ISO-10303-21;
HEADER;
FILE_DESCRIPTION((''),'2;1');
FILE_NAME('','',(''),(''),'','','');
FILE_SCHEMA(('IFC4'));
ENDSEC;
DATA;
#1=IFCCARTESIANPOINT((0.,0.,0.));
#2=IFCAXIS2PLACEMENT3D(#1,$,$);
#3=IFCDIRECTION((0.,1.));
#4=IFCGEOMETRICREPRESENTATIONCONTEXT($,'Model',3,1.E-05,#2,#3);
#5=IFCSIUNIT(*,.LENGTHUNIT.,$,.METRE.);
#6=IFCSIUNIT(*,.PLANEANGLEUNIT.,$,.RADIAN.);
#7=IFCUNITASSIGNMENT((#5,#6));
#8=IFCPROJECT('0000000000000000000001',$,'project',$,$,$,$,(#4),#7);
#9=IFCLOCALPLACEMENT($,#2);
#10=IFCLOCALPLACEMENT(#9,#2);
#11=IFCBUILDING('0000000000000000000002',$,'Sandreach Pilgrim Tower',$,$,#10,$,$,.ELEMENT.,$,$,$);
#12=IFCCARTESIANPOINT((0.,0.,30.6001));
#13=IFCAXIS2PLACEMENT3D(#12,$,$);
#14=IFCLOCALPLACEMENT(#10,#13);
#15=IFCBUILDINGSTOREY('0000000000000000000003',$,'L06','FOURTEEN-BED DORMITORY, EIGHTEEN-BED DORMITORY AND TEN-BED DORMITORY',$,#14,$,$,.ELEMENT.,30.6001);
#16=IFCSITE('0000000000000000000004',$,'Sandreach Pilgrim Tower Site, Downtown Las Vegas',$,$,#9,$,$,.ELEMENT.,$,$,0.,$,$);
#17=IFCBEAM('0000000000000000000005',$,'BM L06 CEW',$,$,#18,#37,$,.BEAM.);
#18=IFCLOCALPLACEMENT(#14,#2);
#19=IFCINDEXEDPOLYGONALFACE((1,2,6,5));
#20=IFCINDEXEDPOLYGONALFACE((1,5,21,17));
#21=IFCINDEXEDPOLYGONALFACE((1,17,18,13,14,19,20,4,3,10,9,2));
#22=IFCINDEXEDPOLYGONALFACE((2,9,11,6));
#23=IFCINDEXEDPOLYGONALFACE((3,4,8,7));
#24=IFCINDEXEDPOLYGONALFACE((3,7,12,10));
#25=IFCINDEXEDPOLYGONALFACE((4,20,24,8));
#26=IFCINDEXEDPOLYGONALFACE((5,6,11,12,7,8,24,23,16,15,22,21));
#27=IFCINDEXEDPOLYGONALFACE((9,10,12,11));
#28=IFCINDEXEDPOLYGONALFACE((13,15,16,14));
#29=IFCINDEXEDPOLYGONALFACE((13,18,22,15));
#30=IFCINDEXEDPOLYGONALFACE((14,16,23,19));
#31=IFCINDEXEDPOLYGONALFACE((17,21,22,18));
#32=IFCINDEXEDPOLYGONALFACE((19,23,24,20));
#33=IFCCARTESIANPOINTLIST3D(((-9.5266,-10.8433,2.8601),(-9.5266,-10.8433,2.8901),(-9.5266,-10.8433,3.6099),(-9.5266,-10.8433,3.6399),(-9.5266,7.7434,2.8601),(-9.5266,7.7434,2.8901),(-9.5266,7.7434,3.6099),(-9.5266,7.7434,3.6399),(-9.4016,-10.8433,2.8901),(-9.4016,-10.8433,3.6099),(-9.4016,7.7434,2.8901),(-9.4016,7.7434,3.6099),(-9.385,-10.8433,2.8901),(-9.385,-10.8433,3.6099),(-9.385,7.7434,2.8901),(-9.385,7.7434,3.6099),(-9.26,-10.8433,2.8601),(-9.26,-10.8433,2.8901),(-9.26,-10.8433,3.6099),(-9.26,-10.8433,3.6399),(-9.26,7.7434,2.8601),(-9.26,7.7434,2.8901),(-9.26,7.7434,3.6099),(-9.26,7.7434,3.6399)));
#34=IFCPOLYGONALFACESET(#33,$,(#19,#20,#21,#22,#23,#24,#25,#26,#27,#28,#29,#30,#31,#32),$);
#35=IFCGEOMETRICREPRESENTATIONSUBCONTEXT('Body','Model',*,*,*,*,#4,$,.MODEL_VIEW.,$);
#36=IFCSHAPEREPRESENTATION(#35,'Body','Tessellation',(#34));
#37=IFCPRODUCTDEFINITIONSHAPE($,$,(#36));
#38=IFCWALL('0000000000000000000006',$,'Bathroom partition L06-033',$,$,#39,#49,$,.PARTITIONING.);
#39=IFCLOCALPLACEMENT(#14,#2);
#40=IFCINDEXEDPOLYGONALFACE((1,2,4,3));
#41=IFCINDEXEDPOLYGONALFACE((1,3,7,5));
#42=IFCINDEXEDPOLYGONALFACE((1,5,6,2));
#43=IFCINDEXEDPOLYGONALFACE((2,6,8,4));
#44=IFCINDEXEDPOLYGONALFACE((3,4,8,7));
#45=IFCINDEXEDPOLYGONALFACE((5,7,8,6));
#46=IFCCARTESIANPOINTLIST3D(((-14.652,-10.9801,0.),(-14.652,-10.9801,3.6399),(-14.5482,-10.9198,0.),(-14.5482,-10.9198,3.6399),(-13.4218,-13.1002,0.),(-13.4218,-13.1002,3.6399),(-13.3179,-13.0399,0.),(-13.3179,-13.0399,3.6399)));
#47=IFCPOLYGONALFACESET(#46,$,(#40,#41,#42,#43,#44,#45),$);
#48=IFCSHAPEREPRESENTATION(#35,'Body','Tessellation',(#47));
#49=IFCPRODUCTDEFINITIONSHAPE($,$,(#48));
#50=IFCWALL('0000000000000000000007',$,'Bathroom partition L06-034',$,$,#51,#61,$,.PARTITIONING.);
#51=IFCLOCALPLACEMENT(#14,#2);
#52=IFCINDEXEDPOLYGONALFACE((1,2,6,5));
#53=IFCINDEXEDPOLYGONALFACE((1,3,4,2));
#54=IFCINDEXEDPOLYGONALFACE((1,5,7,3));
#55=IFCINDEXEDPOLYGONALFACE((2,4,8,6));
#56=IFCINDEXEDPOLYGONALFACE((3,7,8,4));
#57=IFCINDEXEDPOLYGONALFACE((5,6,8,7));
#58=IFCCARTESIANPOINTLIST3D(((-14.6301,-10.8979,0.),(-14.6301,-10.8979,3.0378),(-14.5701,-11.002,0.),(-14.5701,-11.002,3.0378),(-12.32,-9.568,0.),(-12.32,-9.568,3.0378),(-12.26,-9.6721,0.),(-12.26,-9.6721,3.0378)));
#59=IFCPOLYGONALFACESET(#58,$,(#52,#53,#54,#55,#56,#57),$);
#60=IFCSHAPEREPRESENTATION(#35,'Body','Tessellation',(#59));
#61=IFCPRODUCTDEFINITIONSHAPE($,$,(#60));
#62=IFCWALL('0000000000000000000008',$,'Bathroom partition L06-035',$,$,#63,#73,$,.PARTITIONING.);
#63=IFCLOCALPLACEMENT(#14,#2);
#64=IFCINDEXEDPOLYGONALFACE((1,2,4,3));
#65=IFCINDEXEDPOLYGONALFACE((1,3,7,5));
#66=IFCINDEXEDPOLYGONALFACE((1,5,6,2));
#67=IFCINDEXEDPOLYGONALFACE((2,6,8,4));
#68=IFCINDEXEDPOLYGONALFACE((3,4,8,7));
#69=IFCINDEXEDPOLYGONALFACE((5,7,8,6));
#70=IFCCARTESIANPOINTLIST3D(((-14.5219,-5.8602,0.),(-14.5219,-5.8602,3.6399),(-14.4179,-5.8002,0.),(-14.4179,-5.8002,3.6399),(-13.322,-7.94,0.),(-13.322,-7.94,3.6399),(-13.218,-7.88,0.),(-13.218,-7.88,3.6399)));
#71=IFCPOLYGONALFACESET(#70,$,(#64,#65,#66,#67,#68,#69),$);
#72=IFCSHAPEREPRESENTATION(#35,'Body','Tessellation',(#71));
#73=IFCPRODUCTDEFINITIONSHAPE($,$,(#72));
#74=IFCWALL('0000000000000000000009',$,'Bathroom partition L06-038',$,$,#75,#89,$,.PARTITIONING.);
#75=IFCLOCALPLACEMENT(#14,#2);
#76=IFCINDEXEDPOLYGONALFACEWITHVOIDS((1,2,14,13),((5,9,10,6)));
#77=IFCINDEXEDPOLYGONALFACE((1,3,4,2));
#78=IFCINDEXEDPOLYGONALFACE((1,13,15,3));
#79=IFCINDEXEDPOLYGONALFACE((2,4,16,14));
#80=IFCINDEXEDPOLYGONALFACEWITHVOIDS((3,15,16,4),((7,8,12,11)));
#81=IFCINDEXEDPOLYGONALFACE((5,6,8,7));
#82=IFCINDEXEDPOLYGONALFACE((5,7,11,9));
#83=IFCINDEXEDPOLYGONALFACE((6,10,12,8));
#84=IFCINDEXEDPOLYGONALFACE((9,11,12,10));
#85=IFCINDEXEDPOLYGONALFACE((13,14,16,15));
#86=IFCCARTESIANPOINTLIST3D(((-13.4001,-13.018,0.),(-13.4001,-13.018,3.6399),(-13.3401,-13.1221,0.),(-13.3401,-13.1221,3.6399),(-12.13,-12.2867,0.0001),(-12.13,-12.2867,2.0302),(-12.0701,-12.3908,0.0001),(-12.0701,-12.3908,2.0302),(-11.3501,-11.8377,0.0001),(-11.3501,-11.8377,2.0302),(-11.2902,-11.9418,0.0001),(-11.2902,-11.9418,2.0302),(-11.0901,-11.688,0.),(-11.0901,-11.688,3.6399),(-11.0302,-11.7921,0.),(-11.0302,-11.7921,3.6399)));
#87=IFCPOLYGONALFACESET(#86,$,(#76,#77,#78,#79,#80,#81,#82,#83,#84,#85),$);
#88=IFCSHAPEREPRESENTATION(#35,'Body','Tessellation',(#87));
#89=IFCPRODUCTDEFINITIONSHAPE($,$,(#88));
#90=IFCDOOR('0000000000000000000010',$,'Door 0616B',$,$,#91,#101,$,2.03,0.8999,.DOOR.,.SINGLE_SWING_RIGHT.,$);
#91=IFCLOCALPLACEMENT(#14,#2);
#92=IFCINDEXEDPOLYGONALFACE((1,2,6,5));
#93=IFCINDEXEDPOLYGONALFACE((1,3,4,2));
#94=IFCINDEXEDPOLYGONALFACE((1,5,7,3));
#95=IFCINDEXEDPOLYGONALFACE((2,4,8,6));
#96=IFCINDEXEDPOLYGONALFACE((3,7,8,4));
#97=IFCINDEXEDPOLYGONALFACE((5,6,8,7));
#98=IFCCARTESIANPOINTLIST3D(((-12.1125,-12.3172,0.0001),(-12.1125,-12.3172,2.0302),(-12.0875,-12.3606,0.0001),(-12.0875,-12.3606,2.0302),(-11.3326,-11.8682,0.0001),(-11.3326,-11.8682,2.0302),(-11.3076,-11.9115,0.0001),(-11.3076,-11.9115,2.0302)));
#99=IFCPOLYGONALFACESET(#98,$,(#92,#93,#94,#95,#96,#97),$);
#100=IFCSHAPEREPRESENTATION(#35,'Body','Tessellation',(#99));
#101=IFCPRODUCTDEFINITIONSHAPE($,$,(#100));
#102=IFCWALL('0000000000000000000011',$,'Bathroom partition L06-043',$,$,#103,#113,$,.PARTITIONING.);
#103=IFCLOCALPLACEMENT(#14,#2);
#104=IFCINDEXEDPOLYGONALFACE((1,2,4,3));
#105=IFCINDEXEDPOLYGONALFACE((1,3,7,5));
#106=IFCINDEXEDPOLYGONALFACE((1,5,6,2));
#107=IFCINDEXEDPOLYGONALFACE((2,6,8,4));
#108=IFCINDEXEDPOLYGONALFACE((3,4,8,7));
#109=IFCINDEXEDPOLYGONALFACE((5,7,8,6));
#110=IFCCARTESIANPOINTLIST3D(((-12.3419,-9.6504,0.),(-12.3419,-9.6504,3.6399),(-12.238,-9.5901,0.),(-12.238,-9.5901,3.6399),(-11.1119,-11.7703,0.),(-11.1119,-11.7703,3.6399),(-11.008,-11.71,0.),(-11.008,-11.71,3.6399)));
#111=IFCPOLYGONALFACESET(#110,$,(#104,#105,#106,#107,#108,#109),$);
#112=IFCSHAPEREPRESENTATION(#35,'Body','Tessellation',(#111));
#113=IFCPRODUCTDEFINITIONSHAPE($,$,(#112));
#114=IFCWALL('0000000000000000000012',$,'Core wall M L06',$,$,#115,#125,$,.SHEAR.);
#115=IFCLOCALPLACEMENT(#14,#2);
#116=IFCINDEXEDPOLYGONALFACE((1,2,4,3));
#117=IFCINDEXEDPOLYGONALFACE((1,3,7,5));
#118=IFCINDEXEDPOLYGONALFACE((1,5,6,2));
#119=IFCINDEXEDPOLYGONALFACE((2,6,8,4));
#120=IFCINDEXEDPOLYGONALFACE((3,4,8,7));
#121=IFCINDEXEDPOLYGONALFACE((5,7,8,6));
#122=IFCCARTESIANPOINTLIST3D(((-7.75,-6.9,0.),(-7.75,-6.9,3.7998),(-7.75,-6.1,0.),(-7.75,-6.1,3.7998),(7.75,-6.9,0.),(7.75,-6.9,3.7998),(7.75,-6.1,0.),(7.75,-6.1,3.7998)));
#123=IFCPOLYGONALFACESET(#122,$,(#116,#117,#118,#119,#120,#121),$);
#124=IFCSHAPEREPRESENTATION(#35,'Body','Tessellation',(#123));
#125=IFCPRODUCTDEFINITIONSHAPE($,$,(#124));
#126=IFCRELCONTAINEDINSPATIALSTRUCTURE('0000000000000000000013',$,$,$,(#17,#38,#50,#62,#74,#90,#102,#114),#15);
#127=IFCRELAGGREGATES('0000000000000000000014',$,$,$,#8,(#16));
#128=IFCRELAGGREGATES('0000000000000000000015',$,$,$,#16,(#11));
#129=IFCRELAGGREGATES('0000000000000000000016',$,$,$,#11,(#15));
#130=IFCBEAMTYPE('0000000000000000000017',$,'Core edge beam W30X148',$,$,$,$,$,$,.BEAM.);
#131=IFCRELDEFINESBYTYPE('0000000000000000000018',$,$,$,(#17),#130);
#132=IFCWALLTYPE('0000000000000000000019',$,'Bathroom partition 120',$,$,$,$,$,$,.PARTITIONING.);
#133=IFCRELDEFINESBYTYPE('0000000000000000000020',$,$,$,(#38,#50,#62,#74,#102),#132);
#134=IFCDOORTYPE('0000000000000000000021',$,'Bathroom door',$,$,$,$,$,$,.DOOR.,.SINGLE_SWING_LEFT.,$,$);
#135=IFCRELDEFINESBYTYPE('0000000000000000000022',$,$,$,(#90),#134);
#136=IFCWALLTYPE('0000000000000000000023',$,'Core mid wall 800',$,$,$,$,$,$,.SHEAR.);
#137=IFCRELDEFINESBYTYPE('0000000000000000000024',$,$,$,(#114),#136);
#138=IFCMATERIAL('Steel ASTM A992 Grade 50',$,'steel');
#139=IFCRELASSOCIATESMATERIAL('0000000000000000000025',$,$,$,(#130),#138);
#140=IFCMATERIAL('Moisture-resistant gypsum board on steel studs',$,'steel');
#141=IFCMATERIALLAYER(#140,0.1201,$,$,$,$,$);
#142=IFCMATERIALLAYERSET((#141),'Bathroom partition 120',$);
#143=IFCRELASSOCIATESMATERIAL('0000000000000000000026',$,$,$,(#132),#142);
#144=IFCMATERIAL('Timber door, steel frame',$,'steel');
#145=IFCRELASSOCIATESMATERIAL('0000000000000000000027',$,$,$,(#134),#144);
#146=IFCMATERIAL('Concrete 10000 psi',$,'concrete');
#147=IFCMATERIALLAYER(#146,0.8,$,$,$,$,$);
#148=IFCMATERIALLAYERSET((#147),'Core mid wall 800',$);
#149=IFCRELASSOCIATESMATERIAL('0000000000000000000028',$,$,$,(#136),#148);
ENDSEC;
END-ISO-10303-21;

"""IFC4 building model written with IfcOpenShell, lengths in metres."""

from ifc_helpers import new_model, si_unit, direction, frame, frame_2d, origin, origin_2d, place, context, subcontext, project, spatial, rectangle, i_section, extrude, material, layer, layer_set, material_profile, profile_set, type_object, element, fill, save


model = new_model("IFC4")

# Units and contexts
model_context = context("Model", 3, precision=1e-05, world=origin(), true_north=direction((0.0, 1.0)))
body_context = subcontext(model_context, "Body", "Model", "MODEL_VIEW")
ifc_project = project(units=[si_unit("LENGTHUNIT", "METRE"), si_unit("PLANEANGLEUNIT", "RADIAN")], contexts=[model_context])

# Site, building, storey
site_placement = place(None, origin())
site = spatial("IfcSite", under=ifc_project, at=site_placement, Name="Sandreach Pilgrim Tower Site, Downtown Las Vegas", CompositionType="ELEMENT", RefElevation=0.0)
building_placement = place(site_placement, origin())
building = spatial("IfcBuilding", under=site, at=building_placement, Name="Sandreach Pilgrim Tower", CompositionType="ELEMENT")
storey_placement = place(building_placement, frame((0.0, 0.0, 30.6001)))
storey = spatial("IfcBuildingStorey", under=building, at=storey_placement, Name="L06", Description="FOURTEEN-BED DORMITORY, EIGHTEEN-BED DORMITORY AND TEN-BED DORMITORY", CompositionType="ELEMENT", Elevation=30.6001)

# Beam
ifc_material_1 = material(Name="Steel ASTM A992 Grade 50", Category="steel")
ifc_material_profile = material_profile(ifc_material_1, i_section(OverallWidth=0.2666, OverallDepth=0.7798, WebThickness=0.0166, FlangeThickness=0.03, at=origin_2d()), Name="W30X148")
ifc_profile_set = profile_set([ifc_material_profile], Name="Steel ASTM A992 Grade 50")
beam_type = type_object("IfcBeamType", Name="Core edge beam W30X148", PredefinedType="BEAM", material=ifc_profile_set)
beam_placement = place(storey_placement, frame((-9.3933, -10.8433, 3.25), z_axis=(0.0, 1.0, 0.0), x_axis=(-1.0, 0.0, 0.0)))
element("IfcBeam", 1, at=beam_placement, inside=storey, type_object=beam_type, Name="BM L06 CEW", PredefinedType="BEAM", context=body_context, shape_type="SweptSolid", body=[
    extrude(i_section(OverallWidth=0.2666, OverallDepth=0.7798, WebThickness=0.0166, FlangeThickness=0.03, at=origin_2d()), origin(), (0.0, 0.0, 1.0), 18.5867),
])

# Walls
ifc_material_2 = material(Name="Moisture-resistant gypsum board on steel studs", Category="steel")
ifc_layer_1 = layer(ifc_material_2, 0.1201)
ifc_layer_set_1 = layer_set([ifc_layer_1], Name="Bathroom partition 120")
wall_type_1 = type_object("IfcWallType", Name="Bathroom partition 120", PredefinedType="PARTITIONING", material=ifc_layer_set_1)
wall_1_placement = place(storey_placement, frame((-14.6001, -10.95, 0.0), z_axis=(0.0, 0.0, 1.0), x_axis=(0.501888, -0.864933, 0.0)))
element("IfcWall", 2, at=wall_1_placement, inside=storey, type_object=wall_type_1, Name="Bathroom partition L06-033", PredefinedType="PARTITIONING", context=body_context, shape_type="SweptSolid", body=[
    extrude(rectangle(XDim=2.4512, YDim=0.1201, at=frame_2d((1.2256, 0.0))), origin(), (0.0, 0.0, 1.0), 3.6399),
])
wall_2_placement = place(storey_placement, frame((-14.6001, -10.95, 0.0), z_axis=(0.0, 0.0, 1.0), x_axis=(0.866655, 0.498908, 0.0)))
element("IfcWall", 3, at=wall_2_placement, inside=storey, type_object=wall_type_1, Name="Bathroom partition L06-034", PredefinedType="PARTITIONING", context=body_context, shape_type="SweptSolid", body=[
    extrude(rectangle(XDim=2.6655, YDim=0.1201, at=frame_2d((1.3328, 0.0))), origin(), (0.0, 0.0, 1.0), 3.0378),
])
wall_3_placement = place(storey_placement, frame((-14.47, -5.8301, 0.0), z_axis=(0.0, 0.0, 1.0), x_axis=(0.499737, -0.866177, 0.0)))
element("IfcWall", 4, at=wall_3_placement, inside=storey, type_object=wall_type_1, Name="Bathroom partition L06-035", PredefinedType="PARTITIONING", context=body_context, shape_type="SweptSolid", body=[
    extrude(rectangle(XDim=2.4011, YDim=0.1201, at=frame_2d((1.2007, 0.0))), origin(), (0.0, 0.0, 1.0), 3.6399),
])

# Wall, opening, door
wall_4_placement = place(storey_placement, frame((-13.3701, -13.0701, 0.0), z_axis=(0.0, 0.0, 1.0), x_axis=(0.866615, 0.498977, 0.0)))
wall_4 = element("IfcWall", 5, at=wall_4_placement, inside=storey, type_object=wall_type_1, Name="Bathroom partition L06-038", PredefinedType="PARTITIONING", context=body_context, shape_type="SweptSolid", body=[
    extrude(rectangle(XDim=2.6655, YDim=0.1201, at=frame_2d((1.3328, 0.0))), origin(), (0.0, 0.0, 1.0), 3.6399),
])
opening_1_placement = place(wall_4_placement, frame((1.4656, 0.0, 0.0)))
opening_1 = element("IfcOpeningElement", 6, at=opening_1_placement, cuts=wall_4, PredefinedType="OPENING", context=body_context, shape_type="SweptSolid", body=[
    extrude(rectangle(XDim=0.8999, YDim=2.03, at=frame_2d((0.45, 1.0151))), frame((0.0, 0.0601, 0.0), z_axis=(0.0, -1.0, 0.0), x_axis=(1.0, 0.0, 0.0)), (0.0, 0.0, 1.0), 0.1201),
])
ifc_material_3 = material(Name="Timber door, steel frame", Category="steel")
door_type_1 = type_object("IfcDoorType", Name="Bathroom door", OperationType="SINGLE_SWING_LEFT", PredefinedType="DOOR", material=ifc_material_3)
door_1_placement = place(opening_1_placement, origin())
door_1 = element("IfcDoor", 7, at=door_1_placement, inside=storey, type_object=door_type_1, Name="Door 0616B", OperationType="SINGLE_SWING_RIGHT", OverallHeight=2.03, OverallWidth=0.8999, PredefinedType="DOOR", context=body_context, shape_type="SweptSolid", body=[
    extrude(rectangle(XDim=0.8999, YDim=2.03, at=frame_2d((0.45, 1.0151))), frame((0.0, 0.0249, 0.0), z_axis=(0.0, -1.0, 0.0), x_axis=(1.0, 0.0, 0.0)), (0.0, 0.0, 1.0), 0.05),
])
fill(opening_1, door_1)

# Walls
wall_5_placement = place(storey_placement, frame((-12.29, -9.6201, 0.0), z_axis=(0.0, 0.0, 1.0), x_axis=(0.501857, -0.864951, 0.0)))
element("IfcWall", 8, at=wall_5_placement, inside=storey, type_object=wall_type_1, Name="Bathroom partition L06-043", PredefinedType="PARTITIONING", context=body_context, shape_type="SweptSolid", body=[
    extrude(rectangle(XDim=2.4509, YDim=0.1201, at=frame_2d((1.2256, 0.0))), origin(), (0.0, 0.0, 1.0), 3.6399),
])
ifc_material_4 = material(Name="Concrete 10000 psi", Category="concrete")
ifc_layer_2 = layer(ifc_material_4, 0.8)
ifc_layer_set_2 = layer_set([ifc_layer_2], Name="Core mid wall 800")
wall_type_2 = type_object("IfcWallType", Name="Core mid wall 800", PredefinedType="SHEAR", material=ifc_layer_set_2)
wall_6_placement = place(storey_placement, frame((-7.75, -6.5, 0.0), z_axis=(0.0, 0.0, 1.0), x_axis=(1.0, 0.0, 0.0)))
element("IfcWall", 9, at=wall_6_placement, inside=storey, type_object=wall_type_2, Name="Core wall M L06", PredefinedType="SHEAR", context=body_context, shape_type="SweptSolid", body=[
    extrude(rectangle(XDim=15.5, YDim=0.8, at=frame_2d((7.75, 0.0))), origin(), (0.0, 0.0, 1.0), 3.7998),
])

save(model, "model.ifc")
